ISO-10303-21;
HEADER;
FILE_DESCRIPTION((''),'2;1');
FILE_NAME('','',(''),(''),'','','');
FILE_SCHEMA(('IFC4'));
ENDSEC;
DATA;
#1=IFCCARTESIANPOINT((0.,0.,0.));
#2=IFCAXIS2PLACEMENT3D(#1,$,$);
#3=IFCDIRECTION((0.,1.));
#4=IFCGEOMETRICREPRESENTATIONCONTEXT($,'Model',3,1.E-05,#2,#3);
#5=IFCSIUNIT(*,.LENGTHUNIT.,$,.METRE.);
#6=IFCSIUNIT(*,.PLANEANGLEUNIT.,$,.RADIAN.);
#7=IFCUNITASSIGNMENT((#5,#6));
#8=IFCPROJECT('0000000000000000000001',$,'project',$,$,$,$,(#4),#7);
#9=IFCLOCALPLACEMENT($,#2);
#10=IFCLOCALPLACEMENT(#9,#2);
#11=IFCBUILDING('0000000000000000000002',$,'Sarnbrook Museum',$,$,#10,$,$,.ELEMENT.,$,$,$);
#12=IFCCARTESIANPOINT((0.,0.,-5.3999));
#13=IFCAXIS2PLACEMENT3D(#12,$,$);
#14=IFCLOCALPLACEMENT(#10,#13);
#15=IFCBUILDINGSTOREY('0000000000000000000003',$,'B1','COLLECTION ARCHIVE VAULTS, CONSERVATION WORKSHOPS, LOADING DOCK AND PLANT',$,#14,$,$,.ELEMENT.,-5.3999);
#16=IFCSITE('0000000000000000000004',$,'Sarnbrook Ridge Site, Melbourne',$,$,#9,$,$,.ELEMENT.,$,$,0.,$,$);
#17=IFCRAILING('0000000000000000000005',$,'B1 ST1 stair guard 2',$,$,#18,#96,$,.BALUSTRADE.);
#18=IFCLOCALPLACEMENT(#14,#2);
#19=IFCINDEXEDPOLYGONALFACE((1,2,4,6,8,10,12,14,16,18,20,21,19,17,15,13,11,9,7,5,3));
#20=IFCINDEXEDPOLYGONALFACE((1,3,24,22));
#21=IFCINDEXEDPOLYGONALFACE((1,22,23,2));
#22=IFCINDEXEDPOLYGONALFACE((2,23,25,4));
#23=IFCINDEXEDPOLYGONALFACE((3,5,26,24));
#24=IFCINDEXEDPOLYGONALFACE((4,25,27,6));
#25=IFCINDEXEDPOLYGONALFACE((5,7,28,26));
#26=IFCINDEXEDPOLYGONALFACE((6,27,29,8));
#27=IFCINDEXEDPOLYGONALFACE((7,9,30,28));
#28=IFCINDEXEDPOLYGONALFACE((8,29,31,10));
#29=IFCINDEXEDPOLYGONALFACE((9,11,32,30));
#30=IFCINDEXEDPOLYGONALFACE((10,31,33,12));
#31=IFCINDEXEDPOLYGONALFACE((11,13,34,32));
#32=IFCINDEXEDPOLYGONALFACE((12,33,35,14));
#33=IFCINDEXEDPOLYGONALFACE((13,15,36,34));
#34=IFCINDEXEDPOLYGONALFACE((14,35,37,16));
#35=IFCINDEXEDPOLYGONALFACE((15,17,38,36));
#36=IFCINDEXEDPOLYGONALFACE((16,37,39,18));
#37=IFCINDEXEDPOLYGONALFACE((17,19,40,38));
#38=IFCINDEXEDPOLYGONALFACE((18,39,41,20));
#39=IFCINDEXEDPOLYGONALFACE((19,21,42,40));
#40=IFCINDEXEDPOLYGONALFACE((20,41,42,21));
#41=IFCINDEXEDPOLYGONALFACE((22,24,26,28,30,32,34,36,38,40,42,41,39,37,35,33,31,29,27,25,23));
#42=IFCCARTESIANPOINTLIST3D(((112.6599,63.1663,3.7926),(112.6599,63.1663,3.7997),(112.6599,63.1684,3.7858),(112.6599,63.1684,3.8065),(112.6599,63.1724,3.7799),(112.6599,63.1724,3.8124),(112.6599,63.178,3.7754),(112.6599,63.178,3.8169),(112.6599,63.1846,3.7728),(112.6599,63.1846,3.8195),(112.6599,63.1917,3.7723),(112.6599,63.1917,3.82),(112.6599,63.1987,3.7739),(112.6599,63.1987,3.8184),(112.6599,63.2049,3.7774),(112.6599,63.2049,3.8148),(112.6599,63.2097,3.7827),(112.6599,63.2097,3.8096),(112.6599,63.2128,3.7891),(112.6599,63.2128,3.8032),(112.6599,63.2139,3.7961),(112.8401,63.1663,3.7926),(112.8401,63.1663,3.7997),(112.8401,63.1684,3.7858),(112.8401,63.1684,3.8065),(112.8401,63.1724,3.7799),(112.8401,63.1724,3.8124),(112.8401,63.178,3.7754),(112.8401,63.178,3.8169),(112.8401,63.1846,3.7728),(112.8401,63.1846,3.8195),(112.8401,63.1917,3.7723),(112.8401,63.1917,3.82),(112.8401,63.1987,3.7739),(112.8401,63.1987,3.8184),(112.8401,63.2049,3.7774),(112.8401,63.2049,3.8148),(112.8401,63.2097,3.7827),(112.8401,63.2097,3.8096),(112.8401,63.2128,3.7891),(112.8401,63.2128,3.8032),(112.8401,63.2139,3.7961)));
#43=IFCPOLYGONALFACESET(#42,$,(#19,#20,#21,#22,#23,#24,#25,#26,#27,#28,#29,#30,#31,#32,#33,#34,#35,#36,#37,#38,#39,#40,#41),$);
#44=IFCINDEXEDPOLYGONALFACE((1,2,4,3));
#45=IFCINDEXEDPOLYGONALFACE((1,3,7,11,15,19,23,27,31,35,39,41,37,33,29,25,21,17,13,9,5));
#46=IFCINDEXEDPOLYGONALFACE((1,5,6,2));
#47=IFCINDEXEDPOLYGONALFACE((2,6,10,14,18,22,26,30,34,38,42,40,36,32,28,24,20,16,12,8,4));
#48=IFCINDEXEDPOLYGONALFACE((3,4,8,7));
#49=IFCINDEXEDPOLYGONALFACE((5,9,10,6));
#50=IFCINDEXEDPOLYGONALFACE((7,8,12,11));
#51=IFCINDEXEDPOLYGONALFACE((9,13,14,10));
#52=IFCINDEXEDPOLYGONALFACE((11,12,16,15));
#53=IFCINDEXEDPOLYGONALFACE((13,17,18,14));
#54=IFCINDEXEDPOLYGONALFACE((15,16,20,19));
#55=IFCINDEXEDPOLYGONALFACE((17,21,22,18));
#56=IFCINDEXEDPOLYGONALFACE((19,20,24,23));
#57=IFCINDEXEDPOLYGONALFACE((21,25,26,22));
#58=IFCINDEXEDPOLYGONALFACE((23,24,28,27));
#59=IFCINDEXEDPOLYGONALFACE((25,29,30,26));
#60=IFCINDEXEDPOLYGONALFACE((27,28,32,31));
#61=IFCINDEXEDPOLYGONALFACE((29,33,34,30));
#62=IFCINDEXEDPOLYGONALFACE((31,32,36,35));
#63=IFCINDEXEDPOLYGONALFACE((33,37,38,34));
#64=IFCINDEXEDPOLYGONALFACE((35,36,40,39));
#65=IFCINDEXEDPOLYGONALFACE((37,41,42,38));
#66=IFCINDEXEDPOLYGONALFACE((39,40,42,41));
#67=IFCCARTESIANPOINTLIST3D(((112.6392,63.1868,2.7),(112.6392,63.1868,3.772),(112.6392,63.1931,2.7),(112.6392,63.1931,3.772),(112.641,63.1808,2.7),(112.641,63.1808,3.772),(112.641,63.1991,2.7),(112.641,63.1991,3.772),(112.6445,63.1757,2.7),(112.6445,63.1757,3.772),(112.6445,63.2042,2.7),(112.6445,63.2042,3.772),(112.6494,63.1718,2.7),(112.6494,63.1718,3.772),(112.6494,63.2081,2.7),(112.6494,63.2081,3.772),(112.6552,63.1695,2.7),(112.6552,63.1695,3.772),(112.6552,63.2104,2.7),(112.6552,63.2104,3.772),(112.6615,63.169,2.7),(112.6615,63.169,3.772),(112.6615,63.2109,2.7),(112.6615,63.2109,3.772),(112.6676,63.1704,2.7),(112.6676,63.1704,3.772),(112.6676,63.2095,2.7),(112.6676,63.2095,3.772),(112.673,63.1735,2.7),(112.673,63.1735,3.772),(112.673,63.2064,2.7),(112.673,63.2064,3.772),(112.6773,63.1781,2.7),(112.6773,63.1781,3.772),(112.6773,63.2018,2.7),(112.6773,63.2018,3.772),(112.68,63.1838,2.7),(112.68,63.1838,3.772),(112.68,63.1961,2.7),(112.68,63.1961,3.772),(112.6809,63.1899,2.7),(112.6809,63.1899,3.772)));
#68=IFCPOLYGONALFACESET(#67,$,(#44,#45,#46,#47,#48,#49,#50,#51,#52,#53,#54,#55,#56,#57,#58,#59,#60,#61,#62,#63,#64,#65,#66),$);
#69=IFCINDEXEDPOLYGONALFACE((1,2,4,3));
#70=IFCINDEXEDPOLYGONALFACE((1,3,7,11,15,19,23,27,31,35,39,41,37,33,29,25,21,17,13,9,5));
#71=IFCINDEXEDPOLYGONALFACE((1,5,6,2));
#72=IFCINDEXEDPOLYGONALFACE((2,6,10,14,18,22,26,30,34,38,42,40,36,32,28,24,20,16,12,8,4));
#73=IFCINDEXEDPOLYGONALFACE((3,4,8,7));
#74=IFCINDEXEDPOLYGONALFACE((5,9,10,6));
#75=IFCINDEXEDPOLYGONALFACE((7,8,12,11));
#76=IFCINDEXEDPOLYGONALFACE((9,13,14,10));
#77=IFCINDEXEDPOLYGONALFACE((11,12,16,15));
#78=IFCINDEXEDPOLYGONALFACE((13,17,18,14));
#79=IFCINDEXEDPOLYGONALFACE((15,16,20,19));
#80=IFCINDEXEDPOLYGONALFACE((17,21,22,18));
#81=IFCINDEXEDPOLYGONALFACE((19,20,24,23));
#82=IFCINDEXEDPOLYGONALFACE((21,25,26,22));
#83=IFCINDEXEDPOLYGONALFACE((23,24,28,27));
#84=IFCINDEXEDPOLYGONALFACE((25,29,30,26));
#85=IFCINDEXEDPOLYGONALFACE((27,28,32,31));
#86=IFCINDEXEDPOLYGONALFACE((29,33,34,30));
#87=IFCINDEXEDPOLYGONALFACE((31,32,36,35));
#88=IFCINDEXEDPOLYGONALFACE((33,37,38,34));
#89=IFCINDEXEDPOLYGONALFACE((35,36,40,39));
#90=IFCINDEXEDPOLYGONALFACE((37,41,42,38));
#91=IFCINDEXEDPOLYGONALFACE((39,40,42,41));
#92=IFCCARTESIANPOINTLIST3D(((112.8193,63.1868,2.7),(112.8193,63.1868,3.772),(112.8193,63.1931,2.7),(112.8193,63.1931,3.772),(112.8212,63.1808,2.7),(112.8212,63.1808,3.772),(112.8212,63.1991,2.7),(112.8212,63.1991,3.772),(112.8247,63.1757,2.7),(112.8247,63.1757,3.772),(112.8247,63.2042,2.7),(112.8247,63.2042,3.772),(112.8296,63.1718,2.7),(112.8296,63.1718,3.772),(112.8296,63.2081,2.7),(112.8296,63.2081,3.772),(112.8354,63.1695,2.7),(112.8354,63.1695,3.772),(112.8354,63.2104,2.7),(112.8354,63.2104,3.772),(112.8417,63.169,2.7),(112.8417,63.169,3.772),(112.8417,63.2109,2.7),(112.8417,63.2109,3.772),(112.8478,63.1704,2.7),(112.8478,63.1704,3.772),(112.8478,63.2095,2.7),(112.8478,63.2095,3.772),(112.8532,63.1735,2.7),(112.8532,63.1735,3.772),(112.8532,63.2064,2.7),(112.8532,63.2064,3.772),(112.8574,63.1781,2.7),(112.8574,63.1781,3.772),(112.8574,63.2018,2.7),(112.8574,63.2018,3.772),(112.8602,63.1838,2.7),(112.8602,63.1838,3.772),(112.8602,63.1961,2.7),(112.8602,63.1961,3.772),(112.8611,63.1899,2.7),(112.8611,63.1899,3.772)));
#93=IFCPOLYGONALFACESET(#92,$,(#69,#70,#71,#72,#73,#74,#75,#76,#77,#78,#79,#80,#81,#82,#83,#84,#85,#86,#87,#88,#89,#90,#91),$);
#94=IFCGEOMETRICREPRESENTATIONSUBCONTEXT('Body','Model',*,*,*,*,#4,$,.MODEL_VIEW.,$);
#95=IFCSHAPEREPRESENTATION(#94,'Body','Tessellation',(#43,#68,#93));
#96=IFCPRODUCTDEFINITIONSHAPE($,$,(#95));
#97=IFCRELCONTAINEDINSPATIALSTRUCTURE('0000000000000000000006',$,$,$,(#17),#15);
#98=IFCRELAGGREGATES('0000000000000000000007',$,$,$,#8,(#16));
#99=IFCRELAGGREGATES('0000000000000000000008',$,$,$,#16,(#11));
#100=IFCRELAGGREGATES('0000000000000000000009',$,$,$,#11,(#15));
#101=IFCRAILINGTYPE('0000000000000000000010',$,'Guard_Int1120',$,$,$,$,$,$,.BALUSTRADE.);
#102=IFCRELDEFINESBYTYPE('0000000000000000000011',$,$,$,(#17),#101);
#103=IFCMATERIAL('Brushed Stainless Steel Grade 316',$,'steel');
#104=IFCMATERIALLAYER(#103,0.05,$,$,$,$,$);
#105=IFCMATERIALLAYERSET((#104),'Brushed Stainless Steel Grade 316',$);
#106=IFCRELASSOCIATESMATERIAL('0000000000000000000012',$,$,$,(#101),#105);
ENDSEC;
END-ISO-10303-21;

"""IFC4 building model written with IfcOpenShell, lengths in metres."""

from ifc_helpers import new_model, si_unit, direction, frame, origin, origin_2d, place, context, subcontext, project, spatial, circle, extrude, material, layer, layer_set, type_object, element, save


model = new_model("IFC4")

# Units and contexts
model_context = context("Model", 3, precision=1e-05, world=origin(), true_north=direction((0.0, 1.0)))
body_context = subcontext(model_context, "Body", "Model", "MODEL_VIEW")
ifc_project = project(units=[si_unit("LENGTHUNIT", "METRE"), si_unit("PLANEANGLEUNIT", "RADIAN")], contexts=[model_context])

# Site, building, storey
site_placement = place(None, origin())
site = spatial("IfcSite", under=ifc_project, at=site_placement, Name="Sarnbrook Ridge Site, Melbourne", CompositionType="ELEMENT", RefElevation=0.0)
building_placement = place(site_placement, origin())
building = spatial("IfcBuilding", under=site, at=building_placement, Name="Sarnbrook Museum", CompositionType="ELEMENT")
storey_placement = place(building_placement, frame((0.0, 0.0, -5.3999)))
storey = spatial("IfcBuildingStorey", under=building, at=storey_placement, Name="B1", Description="COLLECTION ARCHIVE VAULTS, CONSERVATION WORKSHOPS, LOADING DOCK AND PLANT", CompositionType="ELEMENT", Elevation=-5.3999)

# Shared definitions
ifc_material_1 = material(Name="Brushed Stainless Steel Grade 316", Category="steel")

# Railing
ifc_layer_1 = layer(ifc_material_1, 0.05)
ifc_layer_set_1 = layer_set([ifc_layer_1], Name="Brushed Stainless Steel Grade 316")
railing_type_1 = type_object("IfcRailingType", Name="Guard_Int1120", PredefinedType="BALUSTRADE", material=ifc_layer_set_1)
railing_1_placement = place(storey_placement, frame((112.6599, 63.1899, 2.7)))
element("IfcRailing", 1, at=railing_1_placement, inside=storey, type_object=railing_type_1, Name="B1 ST1 stair guard 2", PredefinedType="BALUSTRADE", context=body_context, shape_type="SweptSolid", body=[
    extrude(circle(Radius=0.0239, at=origin_2d()), frame((0.0, 0.0, 1.0962), z_axis=(1.0, 0.0, 0.0), x_axis=(0.0, 1.0, 0.0)), (0.0, 0.0, 1.0), 0.1802),
    extrude(circle(Radius=0.021, at=origin_2d()), origin(), (0.0, 0.0, 1.0), 1.072),
    extrude(circle(Radius=0.021, at=origin_2d()), frame((0.1802, 0.0, 0.0)), (0.0, 0.0, 1.0), 1.072),
])

save(model, "model.ifc")
